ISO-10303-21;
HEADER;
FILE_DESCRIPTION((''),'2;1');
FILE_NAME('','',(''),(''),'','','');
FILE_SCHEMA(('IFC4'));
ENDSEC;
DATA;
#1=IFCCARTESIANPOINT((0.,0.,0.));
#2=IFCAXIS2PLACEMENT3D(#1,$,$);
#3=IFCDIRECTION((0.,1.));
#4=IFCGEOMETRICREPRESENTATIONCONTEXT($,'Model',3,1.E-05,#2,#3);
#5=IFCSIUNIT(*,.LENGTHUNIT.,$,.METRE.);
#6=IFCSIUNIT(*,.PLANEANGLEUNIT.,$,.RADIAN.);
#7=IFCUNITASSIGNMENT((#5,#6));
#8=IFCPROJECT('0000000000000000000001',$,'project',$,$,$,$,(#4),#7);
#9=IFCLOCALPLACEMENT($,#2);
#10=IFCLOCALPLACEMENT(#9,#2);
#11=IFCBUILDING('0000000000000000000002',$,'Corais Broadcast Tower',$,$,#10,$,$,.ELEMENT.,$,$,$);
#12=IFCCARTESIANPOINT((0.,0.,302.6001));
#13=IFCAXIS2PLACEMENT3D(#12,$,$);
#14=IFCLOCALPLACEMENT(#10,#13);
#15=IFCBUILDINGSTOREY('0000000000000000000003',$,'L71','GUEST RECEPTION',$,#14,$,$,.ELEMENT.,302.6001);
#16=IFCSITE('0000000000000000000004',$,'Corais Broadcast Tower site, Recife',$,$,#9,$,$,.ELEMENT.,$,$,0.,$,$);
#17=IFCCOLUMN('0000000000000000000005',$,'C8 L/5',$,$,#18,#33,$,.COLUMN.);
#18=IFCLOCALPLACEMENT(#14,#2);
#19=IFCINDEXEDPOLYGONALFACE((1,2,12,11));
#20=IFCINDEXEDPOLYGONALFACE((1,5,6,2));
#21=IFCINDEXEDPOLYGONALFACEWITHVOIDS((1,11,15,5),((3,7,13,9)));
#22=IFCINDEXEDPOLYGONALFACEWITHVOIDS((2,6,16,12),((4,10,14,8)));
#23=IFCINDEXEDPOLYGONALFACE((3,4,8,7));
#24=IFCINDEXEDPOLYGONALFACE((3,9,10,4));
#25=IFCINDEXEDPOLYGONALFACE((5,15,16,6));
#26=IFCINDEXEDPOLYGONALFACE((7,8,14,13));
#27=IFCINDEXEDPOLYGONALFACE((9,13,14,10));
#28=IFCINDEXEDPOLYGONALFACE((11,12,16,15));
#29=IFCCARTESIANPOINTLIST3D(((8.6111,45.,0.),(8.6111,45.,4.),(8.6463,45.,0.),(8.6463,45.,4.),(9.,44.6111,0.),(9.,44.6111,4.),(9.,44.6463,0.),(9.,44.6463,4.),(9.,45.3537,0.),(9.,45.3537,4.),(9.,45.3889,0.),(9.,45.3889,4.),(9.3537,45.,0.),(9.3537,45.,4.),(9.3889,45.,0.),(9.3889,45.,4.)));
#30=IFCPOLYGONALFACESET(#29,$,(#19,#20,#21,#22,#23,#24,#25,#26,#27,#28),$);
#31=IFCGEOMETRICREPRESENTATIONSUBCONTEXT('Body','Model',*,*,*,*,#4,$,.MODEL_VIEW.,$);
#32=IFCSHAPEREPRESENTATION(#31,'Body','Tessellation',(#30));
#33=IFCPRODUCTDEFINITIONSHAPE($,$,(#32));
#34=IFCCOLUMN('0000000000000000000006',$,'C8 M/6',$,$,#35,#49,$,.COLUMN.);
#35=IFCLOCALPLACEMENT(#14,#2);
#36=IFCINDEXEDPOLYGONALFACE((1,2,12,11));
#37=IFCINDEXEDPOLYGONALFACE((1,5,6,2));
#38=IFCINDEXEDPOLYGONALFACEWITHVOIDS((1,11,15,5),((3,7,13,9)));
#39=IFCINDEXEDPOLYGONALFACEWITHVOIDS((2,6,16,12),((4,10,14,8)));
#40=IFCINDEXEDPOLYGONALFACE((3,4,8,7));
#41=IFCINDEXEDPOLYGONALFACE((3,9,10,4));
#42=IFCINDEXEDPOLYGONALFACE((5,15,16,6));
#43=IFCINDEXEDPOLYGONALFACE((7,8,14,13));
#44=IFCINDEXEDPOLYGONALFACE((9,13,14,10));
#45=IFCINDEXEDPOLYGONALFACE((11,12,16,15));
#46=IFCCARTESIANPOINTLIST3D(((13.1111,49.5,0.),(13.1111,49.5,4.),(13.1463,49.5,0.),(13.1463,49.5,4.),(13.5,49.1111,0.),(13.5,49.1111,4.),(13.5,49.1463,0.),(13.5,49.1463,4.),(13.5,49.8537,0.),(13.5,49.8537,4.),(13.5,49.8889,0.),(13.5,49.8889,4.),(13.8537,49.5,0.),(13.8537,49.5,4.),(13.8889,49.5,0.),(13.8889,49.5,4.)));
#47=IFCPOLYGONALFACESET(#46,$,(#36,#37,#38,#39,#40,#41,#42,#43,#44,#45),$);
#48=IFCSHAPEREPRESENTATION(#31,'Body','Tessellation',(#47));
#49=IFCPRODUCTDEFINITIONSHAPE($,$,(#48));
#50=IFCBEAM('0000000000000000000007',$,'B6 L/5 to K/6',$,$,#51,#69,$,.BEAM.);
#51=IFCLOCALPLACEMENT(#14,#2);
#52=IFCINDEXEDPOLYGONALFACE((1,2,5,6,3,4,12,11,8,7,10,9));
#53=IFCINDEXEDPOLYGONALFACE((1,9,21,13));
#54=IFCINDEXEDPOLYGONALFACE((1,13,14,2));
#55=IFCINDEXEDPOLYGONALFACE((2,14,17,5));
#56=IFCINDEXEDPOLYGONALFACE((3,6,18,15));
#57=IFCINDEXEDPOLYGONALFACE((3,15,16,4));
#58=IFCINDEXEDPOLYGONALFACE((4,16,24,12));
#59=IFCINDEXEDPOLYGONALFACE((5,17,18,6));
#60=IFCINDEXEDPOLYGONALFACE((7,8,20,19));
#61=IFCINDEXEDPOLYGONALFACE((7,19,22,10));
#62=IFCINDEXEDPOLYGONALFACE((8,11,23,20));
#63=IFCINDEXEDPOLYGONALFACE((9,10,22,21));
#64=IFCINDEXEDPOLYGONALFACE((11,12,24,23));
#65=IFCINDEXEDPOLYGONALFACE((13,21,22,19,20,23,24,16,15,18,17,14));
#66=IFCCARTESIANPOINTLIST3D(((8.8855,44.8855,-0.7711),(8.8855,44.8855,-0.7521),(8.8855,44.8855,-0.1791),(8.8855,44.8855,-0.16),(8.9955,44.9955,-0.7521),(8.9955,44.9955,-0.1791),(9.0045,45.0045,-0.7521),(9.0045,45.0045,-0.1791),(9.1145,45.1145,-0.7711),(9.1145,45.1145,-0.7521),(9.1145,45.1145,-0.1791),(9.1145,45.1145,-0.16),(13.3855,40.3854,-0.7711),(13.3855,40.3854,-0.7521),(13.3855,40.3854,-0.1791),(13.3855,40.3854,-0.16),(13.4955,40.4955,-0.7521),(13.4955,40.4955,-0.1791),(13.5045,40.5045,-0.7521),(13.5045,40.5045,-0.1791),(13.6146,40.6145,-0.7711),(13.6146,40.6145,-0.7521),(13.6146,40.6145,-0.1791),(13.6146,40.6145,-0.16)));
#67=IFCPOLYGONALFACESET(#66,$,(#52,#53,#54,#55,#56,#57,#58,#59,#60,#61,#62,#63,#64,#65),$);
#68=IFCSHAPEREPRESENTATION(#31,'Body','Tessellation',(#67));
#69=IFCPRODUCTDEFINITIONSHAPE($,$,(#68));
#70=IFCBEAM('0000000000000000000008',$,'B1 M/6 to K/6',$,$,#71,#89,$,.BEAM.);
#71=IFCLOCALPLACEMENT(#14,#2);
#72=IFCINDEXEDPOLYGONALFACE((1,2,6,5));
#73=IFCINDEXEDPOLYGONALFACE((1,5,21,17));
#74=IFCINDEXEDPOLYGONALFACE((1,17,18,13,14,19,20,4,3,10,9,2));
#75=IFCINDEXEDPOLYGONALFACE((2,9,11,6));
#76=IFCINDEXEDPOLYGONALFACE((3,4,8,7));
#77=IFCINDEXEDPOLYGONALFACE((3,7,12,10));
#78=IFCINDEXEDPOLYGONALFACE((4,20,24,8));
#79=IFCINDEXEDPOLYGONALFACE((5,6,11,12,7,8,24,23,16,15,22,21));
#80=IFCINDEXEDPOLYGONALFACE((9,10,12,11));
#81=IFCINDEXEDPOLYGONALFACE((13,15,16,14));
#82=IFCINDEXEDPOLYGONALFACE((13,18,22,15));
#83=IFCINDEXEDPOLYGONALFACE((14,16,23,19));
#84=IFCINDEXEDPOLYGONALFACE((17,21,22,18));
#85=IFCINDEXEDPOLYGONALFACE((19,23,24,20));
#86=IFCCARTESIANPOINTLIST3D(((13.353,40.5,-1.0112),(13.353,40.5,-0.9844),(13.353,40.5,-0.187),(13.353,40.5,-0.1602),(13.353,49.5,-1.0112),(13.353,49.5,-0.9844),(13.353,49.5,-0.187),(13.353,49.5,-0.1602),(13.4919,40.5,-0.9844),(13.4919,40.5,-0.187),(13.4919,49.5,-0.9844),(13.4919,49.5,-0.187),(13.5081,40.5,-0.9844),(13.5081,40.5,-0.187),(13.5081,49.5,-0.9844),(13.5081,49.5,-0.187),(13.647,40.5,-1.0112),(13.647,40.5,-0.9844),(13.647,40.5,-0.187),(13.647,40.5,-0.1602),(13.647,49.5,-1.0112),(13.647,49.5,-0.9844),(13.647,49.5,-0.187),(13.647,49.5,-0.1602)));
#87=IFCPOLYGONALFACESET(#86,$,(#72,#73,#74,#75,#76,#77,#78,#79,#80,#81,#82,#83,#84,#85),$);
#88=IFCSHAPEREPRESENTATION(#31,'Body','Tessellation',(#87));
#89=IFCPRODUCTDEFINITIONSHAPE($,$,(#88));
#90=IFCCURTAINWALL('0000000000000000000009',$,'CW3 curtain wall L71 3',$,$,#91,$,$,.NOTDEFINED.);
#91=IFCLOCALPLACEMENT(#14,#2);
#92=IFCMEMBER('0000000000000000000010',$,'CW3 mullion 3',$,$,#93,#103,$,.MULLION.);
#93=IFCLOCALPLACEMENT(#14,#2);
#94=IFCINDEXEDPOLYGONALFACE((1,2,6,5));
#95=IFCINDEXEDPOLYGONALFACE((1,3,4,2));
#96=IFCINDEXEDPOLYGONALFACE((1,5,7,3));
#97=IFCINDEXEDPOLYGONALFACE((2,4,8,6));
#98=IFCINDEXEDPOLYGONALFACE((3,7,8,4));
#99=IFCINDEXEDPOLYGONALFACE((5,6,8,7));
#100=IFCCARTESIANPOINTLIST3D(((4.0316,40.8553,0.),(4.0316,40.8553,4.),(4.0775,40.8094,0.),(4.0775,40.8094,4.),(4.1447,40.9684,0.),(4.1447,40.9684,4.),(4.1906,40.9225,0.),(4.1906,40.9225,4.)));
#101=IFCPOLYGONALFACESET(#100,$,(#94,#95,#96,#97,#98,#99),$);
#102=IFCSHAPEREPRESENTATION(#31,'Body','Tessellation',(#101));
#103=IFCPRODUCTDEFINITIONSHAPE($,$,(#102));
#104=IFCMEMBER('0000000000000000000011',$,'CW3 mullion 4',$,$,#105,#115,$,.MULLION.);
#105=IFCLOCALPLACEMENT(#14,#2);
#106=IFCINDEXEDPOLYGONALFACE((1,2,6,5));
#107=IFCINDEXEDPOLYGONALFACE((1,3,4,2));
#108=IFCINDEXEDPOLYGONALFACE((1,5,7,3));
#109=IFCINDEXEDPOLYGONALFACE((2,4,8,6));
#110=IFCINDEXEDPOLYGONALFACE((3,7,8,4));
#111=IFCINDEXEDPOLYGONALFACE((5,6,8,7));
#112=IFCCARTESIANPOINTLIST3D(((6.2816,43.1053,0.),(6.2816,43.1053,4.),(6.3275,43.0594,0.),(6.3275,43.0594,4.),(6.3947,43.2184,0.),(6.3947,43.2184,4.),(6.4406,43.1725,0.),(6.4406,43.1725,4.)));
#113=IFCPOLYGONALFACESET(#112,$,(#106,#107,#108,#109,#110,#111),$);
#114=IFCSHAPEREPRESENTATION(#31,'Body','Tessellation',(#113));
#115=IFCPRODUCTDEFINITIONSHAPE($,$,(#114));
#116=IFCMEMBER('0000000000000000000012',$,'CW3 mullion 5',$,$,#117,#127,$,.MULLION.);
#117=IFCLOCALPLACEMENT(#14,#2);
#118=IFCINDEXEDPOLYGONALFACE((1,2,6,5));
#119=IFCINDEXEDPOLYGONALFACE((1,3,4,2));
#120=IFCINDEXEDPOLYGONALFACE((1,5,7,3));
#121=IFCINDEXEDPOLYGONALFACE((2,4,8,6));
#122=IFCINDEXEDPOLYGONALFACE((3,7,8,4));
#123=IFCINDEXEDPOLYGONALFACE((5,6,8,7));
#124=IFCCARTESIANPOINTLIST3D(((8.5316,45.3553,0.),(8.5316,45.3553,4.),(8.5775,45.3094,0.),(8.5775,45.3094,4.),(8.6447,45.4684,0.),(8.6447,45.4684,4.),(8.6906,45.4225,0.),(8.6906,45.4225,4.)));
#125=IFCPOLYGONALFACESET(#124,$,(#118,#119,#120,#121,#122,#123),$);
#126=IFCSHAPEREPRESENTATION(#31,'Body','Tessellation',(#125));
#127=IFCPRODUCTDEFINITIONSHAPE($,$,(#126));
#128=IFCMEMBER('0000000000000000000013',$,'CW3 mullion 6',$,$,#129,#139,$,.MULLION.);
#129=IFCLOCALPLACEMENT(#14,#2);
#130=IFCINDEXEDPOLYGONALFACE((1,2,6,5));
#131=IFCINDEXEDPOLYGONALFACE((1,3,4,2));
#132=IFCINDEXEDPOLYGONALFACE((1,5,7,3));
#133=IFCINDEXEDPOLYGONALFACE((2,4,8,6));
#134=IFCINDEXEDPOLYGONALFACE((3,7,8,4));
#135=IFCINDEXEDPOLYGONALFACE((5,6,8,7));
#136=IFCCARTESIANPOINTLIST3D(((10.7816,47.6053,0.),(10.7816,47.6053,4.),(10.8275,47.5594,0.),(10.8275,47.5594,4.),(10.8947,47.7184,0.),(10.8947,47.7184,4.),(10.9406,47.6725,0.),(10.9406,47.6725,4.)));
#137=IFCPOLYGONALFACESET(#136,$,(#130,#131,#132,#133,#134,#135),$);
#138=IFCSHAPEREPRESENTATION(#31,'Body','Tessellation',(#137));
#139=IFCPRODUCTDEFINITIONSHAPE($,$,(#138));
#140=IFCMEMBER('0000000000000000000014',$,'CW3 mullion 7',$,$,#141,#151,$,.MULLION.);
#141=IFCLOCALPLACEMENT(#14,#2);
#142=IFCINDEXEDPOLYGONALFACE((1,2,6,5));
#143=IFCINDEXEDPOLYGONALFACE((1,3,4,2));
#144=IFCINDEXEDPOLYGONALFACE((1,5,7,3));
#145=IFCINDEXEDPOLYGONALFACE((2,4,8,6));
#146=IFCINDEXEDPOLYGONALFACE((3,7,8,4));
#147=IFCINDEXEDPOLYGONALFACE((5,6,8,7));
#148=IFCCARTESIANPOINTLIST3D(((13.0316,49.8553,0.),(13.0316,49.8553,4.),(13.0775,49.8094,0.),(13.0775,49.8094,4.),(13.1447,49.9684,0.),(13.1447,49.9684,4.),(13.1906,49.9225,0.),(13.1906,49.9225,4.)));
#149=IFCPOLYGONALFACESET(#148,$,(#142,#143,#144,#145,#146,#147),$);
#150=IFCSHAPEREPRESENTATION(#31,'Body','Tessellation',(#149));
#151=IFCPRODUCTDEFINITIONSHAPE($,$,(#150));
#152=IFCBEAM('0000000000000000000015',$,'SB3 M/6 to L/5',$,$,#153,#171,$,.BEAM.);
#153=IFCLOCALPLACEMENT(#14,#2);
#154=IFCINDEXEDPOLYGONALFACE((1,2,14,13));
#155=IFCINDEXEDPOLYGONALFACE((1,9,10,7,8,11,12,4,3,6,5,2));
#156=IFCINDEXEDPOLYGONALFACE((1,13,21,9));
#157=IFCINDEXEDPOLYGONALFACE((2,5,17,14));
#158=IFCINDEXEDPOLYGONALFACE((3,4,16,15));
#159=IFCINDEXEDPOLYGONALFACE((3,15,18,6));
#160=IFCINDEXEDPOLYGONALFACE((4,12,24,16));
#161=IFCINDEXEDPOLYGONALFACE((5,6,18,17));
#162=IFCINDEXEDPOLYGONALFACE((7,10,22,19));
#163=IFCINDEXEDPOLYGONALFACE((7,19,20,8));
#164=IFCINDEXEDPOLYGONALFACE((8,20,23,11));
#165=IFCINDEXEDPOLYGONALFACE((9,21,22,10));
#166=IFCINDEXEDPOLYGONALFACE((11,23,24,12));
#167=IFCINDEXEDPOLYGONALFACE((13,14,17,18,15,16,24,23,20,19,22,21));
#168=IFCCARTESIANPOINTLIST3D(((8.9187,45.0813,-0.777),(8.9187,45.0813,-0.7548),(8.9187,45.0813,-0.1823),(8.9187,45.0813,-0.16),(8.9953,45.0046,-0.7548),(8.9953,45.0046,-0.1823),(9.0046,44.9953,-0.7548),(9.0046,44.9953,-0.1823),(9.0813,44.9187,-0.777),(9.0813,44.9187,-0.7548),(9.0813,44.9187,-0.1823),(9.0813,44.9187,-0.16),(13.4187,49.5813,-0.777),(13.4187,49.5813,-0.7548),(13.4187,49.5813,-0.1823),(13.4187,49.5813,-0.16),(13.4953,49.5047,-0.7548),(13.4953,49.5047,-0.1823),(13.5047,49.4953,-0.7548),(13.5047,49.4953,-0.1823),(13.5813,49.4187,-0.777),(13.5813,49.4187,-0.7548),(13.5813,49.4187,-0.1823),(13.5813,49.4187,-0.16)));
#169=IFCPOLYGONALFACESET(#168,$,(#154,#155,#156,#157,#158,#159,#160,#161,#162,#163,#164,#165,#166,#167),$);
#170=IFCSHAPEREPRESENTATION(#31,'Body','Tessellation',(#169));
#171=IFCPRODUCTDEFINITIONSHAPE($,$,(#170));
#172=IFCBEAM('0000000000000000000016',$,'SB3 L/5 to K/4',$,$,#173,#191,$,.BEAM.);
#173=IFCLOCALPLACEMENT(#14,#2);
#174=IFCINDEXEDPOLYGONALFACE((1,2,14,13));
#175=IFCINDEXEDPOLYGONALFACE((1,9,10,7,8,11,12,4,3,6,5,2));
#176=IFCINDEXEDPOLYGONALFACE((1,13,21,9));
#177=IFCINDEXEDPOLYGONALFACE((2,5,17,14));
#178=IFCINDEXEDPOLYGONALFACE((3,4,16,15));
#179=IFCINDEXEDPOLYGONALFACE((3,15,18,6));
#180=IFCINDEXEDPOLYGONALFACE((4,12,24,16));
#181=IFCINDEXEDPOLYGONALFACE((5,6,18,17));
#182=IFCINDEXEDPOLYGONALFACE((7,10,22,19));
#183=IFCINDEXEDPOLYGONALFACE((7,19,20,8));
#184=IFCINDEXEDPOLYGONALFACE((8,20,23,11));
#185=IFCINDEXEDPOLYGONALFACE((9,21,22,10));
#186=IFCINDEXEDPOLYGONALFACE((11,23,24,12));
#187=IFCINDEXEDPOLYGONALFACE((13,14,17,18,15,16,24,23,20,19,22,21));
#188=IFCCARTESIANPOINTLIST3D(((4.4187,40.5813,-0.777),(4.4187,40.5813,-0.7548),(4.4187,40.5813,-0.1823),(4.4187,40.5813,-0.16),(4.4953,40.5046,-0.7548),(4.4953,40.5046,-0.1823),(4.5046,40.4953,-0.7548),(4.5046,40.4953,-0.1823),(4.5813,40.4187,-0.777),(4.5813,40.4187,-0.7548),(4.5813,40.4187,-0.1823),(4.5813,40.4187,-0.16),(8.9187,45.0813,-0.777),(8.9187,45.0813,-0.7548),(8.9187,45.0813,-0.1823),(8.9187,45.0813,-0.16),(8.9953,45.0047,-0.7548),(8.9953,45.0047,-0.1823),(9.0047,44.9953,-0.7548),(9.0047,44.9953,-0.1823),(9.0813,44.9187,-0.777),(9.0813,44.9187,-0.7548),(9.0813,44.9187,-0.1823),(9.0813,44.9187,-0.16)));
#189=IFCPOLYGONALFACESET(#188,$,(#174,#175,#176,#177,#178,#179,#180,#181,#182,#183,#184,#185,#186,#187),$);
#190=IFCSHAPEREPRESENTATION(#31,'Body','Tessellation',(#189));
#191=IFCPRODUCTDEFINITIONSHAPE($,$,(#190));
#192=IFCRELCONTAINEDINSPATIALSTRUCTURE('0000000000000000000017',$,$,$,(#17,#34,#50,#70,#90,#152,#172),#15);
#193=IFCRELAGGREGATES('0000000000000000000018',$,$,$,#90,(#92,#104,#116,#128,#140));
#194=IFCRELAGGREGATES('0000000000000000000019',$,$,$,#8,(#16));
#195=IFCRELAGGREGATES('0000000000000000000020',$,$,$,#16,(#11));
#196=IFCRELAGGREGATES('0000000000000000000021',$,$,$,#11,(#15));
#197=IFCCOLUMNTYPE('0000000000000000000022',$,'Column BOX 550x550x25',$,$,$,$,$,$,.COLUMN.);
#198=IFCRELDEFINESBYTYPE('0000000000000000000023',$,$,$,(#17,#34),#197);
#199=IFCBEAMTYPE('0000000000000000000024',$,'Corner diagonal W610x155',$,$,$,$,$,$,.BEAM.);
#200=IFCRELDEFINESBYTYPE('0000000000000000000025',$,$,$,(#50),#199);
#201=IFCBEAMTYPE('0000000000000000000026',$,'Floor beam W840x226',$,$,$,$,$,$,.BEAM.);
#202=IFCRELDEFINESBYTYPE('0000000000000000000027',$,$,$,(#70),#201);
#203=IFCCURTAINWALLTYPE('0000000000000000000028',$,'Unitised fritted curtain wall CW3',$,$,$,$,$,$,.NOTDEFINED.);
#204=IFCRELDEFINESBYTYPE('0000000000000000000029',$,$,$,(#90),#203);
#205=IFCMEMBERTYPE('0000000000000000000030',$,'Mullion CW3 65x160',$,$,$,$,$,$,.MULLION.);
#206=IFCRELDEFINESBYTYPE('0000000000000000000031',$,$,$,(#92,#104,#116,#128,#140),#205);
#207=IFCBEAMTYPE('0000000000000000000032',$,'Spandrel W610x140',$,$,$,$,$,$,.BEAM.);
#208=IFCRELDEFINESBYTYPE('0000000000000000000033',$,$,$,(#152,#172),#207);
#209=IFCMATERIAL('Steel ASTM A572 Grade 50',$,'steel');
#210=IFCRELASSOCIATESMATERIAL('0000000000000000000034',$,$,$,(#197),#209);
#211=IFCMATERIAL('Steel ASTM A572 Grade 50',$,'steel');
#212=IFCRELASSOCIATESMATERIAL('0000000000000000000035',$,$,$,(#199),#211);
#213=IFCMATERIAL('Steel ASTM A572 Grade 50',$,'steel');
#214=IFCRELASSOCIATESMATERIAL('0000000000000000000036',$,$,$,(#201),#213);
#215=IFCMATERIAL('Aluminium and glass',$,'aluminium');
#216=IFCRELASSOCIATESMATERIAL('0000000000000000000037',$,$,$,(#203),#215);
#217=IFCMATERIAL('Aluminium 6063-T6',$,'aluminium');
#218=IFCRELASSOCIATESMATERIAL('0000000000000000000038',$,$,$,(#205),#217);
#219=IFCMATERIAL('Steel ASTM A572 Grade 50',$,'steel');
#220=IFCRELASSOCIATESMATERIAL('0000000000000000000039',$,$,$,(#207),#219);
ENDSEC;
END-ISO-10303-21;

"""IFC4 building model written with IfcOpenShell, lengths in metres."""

from ifc_helpers import new_model, si_unit, direction, frame, origin, origin_2d, place, context, subcontext, project, spatial, rectangle, hollow_rectangle, i_section, extrude, material, material_profile, profile_set, type_object, element, aggregate, save


model = new_model("IFC4")

# Units and contexts
model_context = context("Model", 3, precision=1e-05, world=origin(), true_north=direction((0.0, 1.0)))
body_context = subcontext(model_context, "Body", "Model", "MODEL_VIEW")
ifc_project = project(units=[si_unit("LENGTHUNIT", "METRE"), si_unit("PLANEANGLEUNIT", "RADIAN")], contexts=[model_context])

# Site, building, storey
site_placement = place(None, origin())
site = spatial("IfcSite", under=ifc_project, at=site_placement, Name="Corais Broadcast Tower site, Recife", CompositionType="ELEMENT", RefElevation=0.0)
building_placement = place(site_placement, origin())
building = spatial("IfcBuilding", under=site, at=building_placement, Name="Corais Broadcast Tower", CompositionType="ELEMENT")
storey_placement = place(building_placement, frame((0.0, 0.0, 302.6001)))
storey = spatial("IfcBuildingStorey", under=building, at=storey_placement, Name="L71", Description="GUEST RECEPTION", CompositionType="ELEMENT", Elevation=302.6001)

# Columns
ifc_material_1 = material(Name="Steel ASTM A572 Grade 50", Category="steel")
ifc_material_profile_1 = material_profile(ifc_material_1, hollow_rectangle(XDim=0.55, YDim=0.55, WallThickness=0.0249, at=origin_2d()), Name="BOX 550x550x25")
ifc_profile_set_1 = profile_set([ifc_material_profile_1], Name="Steel ASTM A572 Grade 50")
column_type = type_object("IfcColumnType", Name="Column BOX 550x550x25", PredefinedType="COLUMN", material=ifc_profile_set_1)
for number, where, z_axis, x_axis, name in (
    (1, (9.0, 45.0, 0.0), (0.0, 0.0, 1.0), (0.707107, 0.707107, 0.0), "C8 L/5"),
    (2, (13.5, 49.5, 0.0), (0.0, 0.0, 1.0), (0.707107, 0.707107, 0.0), "C8 M/6"),
):
    element("IfcColumn", number, at=place(storey_placement, frame(where, z_axis=z_axis, x_axis=x_axis)), inside=storey, type_object=column_type, Name=name, PredefinedType="COLUMN", context=body_context, shape_type="SweptSolid", body=[
        extrude(hollow_rectangle(XDim=0.55, YDim=0.55, WallThickness=0.0249, at=origin_2d()), origin(), (0.0, 0.0, 1.0), 4.0),
    ])

# Beams
ifc_material_2 = material(Name="Steel ASTM A572 Grade 50", Category="steel")
ifc_material_profile_2 = material_profile(ifc_material_2, i_section(OverallWidth=0.324, OverallDepth=0.6111, WebThickness=0.0127, FlangeThickness=0.019, at=origin_2d()), Name="W610x155")
ifc_profile_set_2 = profile_set([ifc_material_profile_2], Name="Steel ASTM A572 Grade 50")
beam_type_1 = type_object("IfcBeamType", Name="Corner diagonal W610x155", PredefinedType="BEAM", material=ifc_profile_set_2)
beam_1_placement = place(storey_placement, frame((9.0, 45.0, -0.4656), z_axis=(0.707107, -0.707107, 0.0), x_axis=(0.707107, 0.707107, 0.0)))
element("IfcBeam", 3, at=beam_1_placement, inside=storey, type_object=beam_type_1, Name="B6 L/5 to K/6", PredefinedType="BEAM", context=body_context, shape_type="SweptSolid", body=[
    extrude(i_section(OverallWidth=0.324, OverallDepth=0.6111, WebThickness=0.0127, FlangeThickness=0.019, at=origin_2d()), origin(), (0.0, 0.0, 1.0), 6.364),
])
ifc_material_3 = material(Name="Steel ASTM A572 Grade 50", Category="steel")
ifc_material_profile_3 = material_profile(ifc_material_3, i_section(OverallWidth=0.2939, OverallDepth=0.8511, WebThickness=0.0161, FlangeThickness=0.0269, at=origin_2d()), Name="W840x226")
ifc_profile_set_3 = profile_set([ifc_material_profile_3], Name="Steel ASTM A572 Grade 50")
beam_type_2 = type_object("IfcBeamType", Name="Floor beam W840x226", PredefinedType="BEAM", material=ifc_profile_set_3)
beam_2_placement = place(storey_placement, frame((13.5, 49.5, -0.5857), z_axis=(0.0, -1.0, 0.0), x_axis=(1.0, 0.0, 0.0)))
element("IfcBeam", 4, at=beam_2_placement, inside=storey, type_object=beam_type_2, Name="B1 M/6 to K/6", PredefinedType="BEAM", context=body_context, shape_type="SweptSolid", body=[
    extrude(i_section(OverallWidth=0.2939, OverallDepth=0.8511, WebThickness=0.0161, FlangeThickness=0.0269, at=origin_2d()), origin(), (0.0, 0.0, 1.0), 9.0),
])

# Curtain wall, members
ifc_material_4 = material(Name="Aluminium and glass", Category="aluminium")
curtain_wall_type = type_object("IfcCurtainWallType", Name="Unitised fritted curtain wall CW3", PredefinedType="NOTDEFINED", material=ifc_material_4)
curtain_wall_placement = place(storey_placement, origin())
curtain_wall = element("IfcCurtainWall", 5, at=curtain_wall_placement, inside=storey, type_object=curtain_wall_type, Name="CW3 curtain wall L71 3", PredefinedType="NOTDEFINED")
ifc_material_5 = material(Name="Aluminium 6063-T6", Category="aluminium")
ifc_material_profile_4 = material_profile(ifc_material_5, rectangle(XDim=0.0649, YDim=0.1599, at=origin_2d()), Name="Mullion CW3 65x160")
ifc_profile_set_4 = profile_set([ifc_material_profile_4], Name="Aluminium 6063-T6")
member_type_1 = type_object("IfcMemberType", Name="Mullion CW3 65x160", PredefinedType="MULLION", material=ifc_profile_set_4)
member_1_placement = place(storey_placement, frame((4.1111, 40.8889, 0.0), z_axis=(0.0, 0.0, 1.0), x_axis=(-0.707107, 0.707107, 0.0)))
member_1 = element("IfcMember", 6, at=member_1_placement, type_object=member_type_1, Name="CW3 mullion 3", PredefinedType="MULLION", context=body_context, shape_type="SweptSolid", body=[
    extrude(rectangle(XDim=0.0649, YDim=0.1599, at=origin_2d()), origin(), (0.0, 0.0, 1.0), 4.0),
])
member_2_placement = place(storey_placement, frame((6.3611, 43.1389, 0.0), z_axis=(0.0, 0.0, 1.0), x_axis=(-0.707107, 0.707107, 0.0)))
member_2 = element("IfcMember", 7, at=member_2_placement, type_object=member_type_1, Name="CW3 mullion 4", PredefinedType="MULLION", context=body_context, shape_type="SweptSolid", body=[
    extrude(rectangle(XDim=0.0649, YDim=0.1599, at=origin_2d()), origin(), (0.0, 0.0, 1.0), 4.0),
])
member_3_placement = place(storey_placement, frame((8.6111, 45.3889, 0.0), z_axis=(0.0, 0.0, 1.0), x_axis=(-0.707107, 0.707107, 0.0)))
member_3 = element("IfcMember", 8, at=member_3_placement, type_object=member_type_1, Name="CW3 mullion 5", PredefinedType="MULLION", context=body_context, shape_type="SweptSolid", body=[
    extrude(rectangle(XDim=0.0649, YDim=0.1599, at=origin_2d()), origin(), (0.0, 0.0, 1.0), 4.0),
])
member_4_placement = place(storey_placement, frame((10.8611, 47.6389, 0.0), z_axis=(0.0, 0.0, 1.0), x_axis=(-0.707107, 0.707107, 0.0)))
member_4 = element("IfcMember", 9, at=member_4_placement, type_object=member_type_1, Name="CW3 mullion 6", PredefinedType="MULLION", context=body_context, shape_type="SweptSolid", body=[
    extrude(rectangle(XDim=0.0649, YDim=0.1599, at=origin_2d()), origin(), (0.0, 0.0, 1.0), 4.0),
])
member_5_placement = place(storey_placement, frame((13.1111, 49.8889, 0.0), z_axis=(0.0, 0.0, 1.0), x_axis=(-0.707107, 0.707107, 0.0)))
member_5 = element("IfcMember", 10, at=member_5_placement, type_object=member_type_1, Name="CW3 mullion 7", PredefinedType="MULLION", context=body_context, shape_type="SweptSolid", body=[
    extrude(rectangle(XDim=0.0649, YDim=0.1599, at=origin_2d()), origin(), (0.0, 0.0, 1.0), 4.0),
])

# Beams
ifc_material_6 = material(Name="Steel ASTM A572 Grade 50", Category="steel")
ifc_material_profile_5 = material_profile(ifc_material_6, i_section(OverallWidth=0.23, OverallDepth=0.6169, WebThickness=0.0132, FlangeThickness=0.0222, at=origin_2d()), Name="W610x140")
ifc_profile_set_5 = profile_set([ifc_material_profile_5], Name="Steel ASTM A572 Grade 50")
beam_type_3 = type_object("IfcBeamType", Name="Spandrel W610x140", PredefinedType="BEAM", material=ifc_profile_set_5)
for number, where, z_axis, x_axis, name in (
    (11, (13.5, 49.5, -0.4685), (-0.707107, -0.707107, 0.0), (0.707107, -0.707107, 0.0), "SB3 M/6 to L/5"),
    (12, (9.0, 45.0, -0.4685), (-0.707107, -0.707107, 0.0), (0.707107, -0.707107, 0.0), "SB3 L/5 to K/4"),
):
    element("IfcBeam", number, at=place(storey_placement, frame(where, z_axis=z_axis, x_axis=x_axis)), inside=storey, type_object=beam_type_3, Name=name, PredefinedType="BEAM", context=body_context, shape_type="SweptSolid", body=[
        extrude(i_section(OverallWidth=0.23, OverallDepth=0.6169, WebThickness=0.0132, FlangeThickness=0.0222, at=origin_2d()), origin(), (0.0, 0.0, 1.0), 6.364),
    ])

aggregate(curtain_wall, [member_1, member_2, member_3, member_4, member_5])

save(model, "model.ifc")
